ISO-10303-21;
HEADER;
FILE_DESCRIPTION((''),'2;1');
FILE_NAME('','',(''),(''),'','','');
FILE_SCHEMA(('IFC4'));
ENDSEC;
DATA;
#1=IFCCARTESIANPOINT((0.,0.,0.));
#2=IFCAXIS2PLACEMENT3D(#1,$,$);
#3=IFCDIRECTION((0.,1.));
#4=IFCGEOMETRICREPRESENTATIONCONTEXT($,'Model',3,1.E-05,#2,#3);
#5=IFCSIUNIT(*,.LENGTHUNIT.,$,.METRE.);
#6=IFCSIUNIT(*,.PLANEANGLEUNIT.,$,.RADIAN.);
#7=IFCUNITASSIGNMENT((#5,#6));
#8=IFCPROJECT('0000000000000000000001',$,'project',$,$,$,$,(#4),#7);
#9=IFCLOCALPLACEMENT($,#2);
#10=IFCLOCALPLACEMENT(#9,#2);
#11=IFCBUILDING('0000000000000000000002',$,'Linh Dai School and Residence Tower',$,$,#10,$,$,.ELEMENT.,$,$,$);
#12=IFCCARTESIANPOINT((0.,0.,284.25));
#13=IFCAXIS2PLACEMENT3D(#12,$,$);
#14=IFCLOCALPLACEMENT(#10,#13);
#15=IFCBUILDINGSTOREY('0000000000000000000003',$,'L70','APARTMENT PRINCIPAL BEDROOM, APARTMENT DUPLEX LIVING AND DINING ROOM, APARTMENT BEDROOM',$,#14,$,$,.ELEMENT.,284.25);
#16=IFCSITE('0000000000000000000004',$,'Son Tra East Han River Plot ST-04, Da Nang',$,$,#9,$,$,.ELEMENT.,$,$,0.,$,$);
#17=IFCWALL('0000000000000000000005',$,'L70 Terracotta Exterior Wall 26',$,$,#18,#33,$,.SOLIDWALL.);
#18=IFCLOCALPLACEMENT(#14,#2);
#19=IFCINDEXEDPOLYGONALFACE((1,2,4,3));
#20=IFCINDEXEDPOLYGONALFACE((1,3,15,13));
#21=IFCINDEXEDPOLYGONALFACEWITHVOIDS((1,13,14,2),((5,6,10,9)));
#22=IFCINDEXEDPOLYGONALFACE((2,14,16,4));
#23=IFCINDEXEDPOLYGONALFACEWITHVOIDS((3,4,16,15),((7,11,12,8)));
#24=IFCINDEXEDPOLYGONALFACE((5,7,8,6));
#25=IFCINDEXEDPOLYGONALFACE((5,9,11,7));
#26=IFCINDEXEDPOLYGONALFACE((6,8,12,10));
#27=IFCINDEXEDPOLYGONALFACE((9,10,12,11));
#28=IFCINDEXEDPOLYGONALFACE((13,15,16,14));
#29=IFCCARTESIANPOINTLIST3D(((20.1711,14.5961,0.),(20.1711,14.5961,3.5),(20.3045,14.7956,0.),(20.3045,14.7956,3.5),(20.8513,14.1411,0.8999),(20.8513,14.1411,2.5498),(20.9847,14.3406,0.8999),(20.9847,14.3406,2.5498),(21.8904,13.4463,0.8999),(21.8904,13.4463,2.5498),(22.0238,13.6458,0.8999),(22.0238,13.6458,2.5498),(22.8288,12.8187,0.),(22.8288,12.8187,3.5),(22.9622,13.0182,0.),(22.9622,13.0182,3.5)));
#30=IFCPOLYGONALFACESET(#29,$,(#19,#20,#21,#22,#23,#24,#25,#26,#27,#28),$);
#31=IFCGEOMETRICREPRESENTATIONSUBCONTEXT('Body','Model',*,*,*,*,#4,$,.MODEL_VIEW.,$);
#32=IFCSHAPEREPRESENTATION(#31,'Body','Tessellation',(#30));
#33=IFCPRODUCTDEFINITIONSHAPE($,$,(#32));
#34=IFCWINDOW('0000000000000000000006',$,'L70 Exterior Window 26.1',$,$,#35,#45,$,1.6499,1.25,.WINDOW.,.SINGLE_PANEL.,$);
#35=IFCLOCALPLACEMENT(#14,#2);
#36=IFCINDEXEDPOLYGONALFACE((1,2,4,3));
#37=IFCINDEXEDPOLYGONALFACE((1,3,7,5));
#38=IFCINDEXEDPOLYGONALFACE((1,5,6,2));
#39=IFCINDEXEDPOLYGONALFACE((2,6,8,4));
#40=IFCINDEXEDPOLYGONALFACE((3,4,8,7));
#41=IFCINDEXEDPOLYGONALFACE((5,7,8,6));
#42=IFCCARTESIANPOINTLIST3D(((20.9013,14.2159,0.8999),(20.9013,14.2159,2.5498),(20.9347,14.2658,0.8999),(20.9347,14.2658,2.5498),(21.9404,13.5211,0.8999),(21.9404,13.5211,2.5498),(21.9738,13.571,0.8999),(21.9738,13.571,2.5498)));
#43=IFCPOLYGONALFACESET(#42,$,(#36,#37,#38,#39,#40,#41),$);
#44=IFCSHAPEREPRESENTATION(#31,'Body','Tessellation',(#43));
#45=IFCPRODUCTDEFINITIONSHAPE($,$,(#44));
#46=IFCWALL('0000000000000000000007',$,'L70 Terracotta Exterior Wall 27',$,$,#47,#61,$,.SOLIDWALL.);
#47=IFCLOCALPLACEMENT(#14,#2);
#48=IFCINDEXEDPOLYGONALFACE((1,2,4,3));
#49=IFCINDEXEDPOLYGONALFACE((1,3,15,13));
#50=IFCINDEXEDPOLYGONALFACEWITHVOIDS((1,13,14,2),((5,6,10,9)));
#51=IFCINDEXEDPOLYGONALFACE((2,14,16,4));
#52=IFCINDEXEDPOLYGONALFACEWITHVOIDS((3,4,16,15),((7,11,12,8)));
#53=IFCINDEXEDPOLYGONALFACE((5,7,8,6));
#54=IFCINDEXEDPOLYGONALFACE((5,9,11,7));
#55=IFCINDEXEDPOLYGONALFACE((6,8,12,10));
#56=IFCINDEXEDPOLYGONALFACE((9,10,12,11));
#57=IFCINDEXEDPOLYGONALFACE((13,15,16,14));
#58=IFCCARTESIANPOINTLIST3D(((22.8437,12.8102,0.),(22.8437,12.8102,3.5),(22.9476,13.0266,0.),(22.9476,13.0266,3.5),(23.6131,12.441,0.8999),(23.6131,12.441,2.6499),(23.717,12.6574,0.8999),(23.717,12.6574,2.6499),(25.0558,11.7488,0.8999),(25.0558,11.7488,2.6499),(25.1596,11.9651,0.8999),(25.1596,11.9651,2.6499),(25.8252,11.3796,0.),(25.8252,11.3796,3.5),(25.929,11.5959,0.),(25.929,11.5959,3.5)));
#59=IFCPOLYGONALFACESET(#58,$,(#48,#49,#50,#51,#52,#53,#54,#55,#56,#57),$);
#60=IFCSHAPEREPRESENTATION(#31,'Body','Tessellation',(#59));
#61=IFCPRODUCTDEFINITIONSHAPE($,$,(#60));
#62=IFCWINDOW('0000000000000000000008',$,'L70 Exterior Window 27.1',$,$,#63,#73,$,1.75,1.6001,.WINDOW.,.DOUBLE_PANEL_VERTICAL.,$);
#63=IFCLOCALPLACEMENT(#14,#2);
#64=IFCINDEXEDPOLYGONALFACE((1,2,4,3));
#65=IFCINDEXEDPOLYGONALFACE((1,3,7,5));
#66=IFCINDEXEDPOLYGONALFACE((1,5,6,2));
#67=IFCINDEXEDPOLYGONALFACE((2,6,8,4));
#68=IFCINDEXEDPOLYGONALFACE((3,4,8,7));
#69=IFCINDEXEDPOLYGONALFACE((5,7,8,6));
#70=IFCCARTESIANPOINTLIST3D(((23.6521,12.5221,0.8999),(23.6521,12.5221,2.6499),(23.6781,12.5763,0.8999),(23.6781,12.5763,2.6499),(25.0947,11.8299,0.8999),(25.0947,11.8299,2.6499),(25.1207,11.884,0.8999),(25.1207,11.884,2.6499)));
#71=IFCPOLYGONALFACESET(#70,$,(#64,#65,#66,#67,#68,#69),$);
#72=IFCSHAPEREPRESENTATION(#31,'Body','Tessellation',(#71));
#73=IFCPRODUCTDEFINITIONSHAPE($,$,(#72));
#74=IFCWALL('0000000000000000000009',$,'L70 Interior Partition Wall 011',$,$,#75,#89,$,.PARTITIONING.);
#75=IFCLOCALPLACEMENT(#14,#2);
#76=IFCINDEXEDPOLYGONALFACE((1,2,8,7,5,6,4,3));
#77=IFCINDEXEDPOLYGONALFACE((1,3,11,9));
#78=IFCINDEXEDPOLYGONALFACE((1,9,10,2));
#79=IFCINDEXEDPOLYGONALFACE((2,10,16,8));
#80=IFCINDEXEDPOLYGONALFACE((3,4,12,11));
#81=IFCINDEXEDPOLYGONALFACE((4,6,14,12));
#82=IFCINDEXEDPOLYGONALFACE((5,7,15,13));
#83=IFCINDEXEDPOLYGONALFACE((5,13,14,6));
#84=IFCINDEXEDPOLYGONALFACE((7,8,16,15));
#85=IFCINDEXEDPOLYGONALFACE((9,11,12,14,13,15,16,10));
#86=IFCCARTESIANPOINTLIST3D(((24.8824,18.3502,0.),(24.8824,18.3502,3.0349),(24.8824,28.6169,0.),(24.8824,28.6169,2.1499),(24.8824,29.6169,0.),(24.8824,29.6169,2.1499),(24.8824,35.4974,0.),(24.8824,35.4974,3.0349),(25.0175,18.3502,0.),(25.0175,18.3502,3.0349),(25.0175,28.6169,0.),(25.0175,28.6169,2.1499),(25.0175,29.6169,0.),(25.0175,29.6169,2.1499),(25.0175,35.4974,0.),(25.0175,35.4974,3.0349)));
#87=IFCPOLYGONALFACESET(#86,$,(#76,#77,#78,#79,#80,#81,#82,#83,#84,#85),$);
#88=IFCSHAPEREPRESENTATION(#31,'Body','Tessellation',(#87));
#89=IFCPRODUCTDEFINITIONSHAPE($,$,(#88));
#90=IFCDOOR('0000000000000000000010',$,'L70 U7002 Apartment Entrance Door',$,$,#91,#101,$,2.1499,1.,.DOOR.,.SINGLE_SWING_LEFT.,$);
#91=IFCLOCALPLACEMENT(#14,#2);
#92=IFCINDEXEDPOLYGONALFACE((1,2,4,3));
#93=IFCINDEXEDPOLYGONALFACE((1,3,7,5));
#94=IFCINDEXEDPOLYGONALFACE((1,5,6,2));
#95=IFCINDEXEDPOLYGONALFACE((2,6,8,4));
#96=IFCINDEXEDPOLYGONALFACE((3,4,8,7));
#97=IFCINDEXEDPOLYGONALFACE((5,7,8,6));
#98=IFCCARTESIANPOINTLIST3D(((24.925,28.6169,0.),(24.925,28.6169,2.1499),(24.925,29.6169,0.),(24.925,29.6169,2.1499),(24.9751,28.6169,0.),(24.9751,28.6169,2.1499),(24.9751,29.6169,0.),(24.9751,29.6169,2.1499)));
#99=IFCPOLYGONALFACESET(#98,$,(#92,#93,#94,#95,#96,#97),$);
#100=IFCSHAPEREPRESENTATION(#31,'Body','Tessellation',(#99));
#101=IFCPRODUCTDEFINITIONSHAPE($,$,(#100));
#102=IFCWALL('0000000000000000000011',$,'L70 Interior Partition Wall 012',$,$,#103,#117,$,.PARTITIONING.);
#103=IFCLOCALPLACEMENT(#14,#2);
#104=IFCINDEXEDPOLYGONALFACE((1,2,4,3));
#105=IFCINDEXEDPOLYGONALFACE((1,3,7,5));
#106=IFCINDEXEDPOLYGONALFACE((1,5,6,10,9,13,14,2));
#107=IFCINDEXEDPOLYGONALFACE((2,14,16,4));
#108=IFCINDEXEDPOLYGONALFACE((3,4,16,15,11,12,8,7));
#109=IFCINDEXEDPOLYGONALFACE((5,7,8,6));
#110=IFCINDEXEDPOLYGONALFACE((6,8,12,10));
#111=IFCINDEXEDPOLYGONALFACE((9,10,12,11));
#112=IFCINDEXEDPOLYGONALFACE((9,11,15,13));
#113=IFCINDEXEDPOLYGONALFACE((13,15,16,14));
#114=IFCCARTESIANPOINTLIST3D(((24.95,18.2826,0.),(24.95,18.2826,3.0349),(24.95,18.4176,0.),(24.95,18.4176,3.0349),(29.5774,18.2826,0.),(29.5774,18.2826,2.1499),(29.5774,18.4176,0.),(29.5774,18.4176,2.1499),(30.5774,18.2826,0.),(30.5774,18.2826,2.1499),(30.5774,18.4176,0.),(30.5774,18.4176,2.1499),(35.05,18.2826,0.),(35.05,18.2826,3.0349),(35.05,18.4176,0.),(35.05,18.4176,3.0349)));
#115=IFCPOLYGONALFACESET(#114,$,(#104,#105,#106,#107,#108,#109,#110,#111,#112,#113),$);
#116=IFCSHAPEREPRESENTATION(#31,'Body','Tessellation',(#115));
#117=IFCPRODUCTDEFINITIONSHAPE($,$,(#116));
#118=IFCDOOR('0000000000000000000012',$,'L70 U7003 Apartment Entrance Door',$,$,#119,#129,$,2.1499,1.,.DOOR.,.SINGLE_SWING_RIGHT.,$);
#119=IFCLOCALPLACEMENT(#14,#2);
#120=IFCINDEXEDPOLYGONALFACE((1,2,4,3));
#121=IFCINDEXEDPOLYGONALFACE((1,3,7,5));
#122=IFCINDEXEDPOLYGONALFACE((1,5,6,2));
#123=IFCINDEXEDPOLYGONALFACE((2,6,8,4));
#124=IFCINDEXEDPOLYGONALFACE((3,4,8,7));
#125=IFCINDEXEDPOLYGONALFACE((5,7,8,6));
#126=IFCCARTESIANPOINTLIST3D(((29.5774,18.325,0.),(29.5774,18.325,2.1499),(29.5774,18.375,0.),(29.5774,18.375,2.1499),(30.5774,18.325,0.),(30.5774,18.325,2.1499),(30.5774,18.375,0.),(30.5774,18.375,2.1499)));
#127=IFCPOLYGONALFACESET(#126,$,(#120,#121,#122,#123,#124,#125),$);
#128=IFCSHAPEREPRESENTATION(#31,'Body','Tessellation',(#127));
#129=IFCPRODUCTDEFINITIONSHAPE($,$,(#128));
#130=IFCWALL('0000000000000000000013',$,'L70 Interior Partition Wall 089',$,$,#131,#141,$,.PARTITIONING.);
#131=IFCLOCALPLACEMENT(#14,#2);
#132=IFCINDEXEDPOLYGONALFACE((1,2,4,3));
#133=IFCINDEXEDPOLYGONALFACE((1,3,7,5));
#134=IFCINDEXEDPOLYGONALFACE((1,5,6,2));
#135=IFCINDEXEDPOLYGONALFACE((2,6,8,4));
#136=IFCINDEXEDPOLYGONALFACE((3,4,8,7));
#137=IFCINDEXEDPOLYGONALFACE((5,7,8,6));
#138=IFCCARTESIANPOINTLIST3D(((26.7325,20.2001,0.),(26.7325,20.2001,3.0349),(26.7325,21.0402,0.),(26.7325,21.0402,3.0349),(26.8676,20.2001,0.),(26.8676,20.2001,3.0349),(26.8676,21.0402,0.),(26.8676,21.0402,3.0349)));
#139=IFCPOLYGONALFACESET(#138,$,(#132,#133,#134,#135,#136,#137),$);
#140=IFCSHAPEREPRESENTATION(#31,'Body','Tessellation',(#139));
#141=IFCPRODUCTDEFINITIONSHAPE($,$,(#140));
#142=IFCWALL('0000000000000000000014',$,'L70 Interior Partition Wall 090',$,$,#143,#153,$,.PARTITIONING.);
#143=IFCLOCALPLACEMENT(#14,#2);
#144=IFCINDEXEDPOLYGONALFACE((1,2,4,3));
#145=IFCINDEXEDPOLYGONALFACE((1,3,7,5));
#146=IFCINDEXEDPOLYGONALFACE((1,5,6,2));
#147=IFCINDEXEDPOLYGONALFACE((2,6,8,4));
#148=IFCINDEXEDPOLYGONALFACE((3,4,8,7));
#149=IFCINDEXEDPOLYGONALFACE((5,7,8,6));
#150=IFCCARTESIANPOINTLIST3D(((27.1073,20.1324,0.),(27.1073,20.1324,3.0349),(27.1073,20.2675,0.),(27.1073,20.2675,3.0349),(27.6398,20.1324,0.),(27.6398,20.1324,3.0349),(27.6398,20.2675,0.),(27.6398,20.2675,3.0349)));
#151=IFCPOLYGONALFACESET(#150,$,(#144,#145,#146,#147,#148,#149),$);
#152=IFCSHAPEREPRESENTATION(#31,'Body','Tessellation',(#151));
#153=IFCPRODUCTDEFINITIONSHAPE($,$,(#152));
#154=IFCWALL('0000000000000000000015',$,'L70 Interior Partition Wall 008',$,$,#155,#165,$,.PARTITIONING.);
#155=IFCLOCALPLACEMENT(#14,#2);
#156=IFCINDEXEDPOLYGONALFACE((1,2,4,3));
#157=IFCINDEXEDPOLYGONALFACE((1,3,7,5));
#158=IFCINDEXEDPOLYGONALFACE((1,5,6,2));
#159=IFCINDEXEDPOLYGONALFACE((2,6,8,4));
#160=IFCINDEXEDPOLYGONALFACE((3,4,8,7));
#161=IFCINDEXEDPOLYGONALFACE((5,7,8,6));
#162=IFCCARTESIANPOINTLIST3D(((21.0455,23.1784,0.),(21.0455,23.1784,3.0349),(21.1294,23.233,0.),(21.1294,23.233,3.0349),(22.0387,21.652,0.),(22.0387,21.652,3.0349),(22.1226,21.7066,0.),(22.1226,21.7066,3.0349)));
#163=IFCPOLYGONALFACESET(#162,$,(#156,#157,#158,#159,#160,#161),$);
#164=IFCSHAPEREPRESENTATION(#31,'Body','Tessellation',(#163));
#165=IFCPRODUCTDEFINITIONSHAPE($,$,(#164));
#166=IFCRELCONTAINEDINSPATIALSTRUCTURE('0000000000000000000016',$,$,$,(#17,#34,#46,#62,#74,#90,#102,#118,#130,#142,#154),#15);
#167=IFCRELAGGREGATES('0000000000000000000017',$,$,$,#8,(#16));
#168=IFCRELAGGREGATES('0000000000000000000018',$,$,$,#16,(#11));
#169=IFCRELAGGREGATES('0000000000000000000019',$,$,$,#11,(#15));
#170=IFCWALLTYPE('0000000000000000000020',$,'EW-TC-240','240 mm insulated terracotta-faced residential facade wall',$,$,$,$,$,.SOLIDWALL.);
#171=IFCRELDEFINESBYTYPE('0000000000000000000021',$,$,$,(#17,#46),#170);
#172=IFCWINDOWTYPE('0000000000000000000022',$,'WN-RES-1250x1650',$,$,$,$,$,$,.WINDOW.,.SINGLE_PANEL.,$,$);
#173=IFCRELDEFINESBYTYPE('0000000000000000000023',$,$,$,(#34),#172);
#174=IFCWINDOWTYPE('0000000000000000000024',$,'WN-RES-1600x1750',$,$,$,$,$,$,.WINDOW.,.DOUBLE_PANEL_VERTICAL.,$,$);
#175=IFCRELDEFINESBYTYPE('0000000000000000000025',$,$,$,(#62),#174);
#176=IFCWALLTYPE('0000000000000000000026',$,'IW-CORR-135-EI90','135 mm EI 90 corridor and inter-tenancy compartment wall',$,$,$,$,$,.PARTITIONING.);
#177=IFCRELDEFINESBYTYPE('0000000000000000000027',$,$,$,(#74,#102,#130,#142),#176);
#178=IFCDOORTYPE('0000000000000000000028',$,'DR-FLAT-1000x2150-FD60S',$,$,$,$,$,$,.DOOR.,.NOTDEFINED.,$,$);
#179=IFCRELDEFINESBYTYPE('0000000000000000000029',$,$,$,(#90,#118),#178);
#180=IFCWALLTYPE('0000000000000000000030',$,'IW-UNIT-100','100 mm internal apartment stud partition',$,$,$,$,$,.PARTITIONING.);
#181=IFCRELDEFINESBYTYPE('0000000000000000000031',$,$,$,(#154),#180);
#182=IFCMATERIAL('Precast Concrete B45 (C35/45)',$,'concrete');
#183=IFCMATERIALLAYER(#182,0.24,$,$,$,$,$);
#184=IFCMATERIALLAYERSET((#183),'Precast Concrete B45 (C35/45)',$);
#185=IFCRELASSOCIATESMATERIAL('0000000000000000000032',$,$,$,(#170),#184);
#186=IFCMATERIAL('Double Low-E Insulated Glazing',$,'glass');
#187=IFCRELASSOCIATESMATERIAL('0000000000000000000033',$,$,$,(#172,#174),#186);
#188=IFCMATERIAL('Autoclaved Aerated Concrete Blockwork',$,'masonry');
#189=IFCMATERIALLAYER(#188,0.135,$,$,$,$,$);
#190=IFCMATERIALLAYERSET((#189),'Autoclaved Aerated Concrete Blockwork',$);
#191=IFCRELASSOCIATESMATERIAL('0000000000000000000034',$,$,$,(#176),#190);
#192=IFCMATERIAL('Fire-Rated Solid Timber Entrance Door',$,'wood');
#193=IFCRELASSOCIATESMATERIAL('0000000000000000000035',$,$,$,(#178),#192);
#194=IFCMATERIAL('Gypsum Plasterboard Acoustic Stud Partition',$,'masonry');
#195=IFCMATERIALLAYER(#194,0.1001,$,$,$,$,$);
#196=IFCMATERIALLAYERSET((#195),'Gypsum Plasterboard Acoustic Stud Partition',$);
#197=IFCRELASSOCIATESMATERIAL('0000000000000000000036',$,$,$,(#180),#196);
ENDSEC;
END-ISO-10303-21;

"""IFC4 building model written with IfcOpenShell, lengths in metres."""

from ifc_helpers import new_model, si_unit, direction, frame, frame_2d, origin, origin_2d, place, context, subcontext, project, spatial, rectangle, extrude, source, transform, mapped, material, layer, layer_set, type_object, element, fill, save


model = new_model("IFC4")

# Units and contexts
model_context = context("Model", 3, precision=1e-05, world=origin(), true_north=direction((0.0, 1.0)))
body_context = subcontext(model_context, "Body", "Model", "MODEL_VIEW")
ifc_project = project(units=[si_unit("LENGTHUNIT", "METRE"), si_unit("PLANEANGLEUNIT", "RADIAN")], contexts=[model_context])

# Site, building, storey
site_placement = place(None, origin())
site = spatial("IfcSite", under=ifc_project, at=site_placement, Name="Son Tra East Han River Plot ST-04, Da Nang", CompositionType="ELEMENT", RefElevation=0.0)
building_placement = place(site_placement, origin())
building = spatial("IfcBuilding", under=site, at=building_placement, Name="Linh Dai School and Residence Tower", CompositionType="ELEMENT")
storey_placement = place(building_placement, frame((0.0, 0.0, 284.25)))
storey = spatial("IfcBuildingStorey", under=building, at=storey_placement, Name="L70", Description="APARTMENT PRINCIPAL BEDROOM, APARTMENT DUPLEX LIVING AND DINING ROOM, APARTMENT BEDROOM", CompositionType="ELEMENT", Elevation=284.25)

# Shared definitions
ifc_material_1 = material(Name="Precast Concrete B45 (C35/45)", Category="concrete")
ifc_layer_1 = layer(ifc_material_1, 0.24)
ifc_layer_set_1 = layer_set([ifc_layer_1], Name="Precast Concrete B45 (C35/45)")
wall_type_1 = type_object("IfcWallType", Name="EW-TC-240", Description="240 mm insulated terracotta-faced residential facade wall", PredefinedType="SOLIDWALL", material=ifc_layer_set_1)

# Walls, openings, windows
wall_1_placement = place(storey_placement, frame((22.8955, 12.9185, 0.0), z_axis=(0.0, 0.0, 1.0), x_axis=(-0.831251, 0.555898, 0.0)))
wall_1 = element("IfcWall", 1, at=wall_1_placement, inside=storey, type_object=wall_type_1, Name="L70 Terracotta Exterior Wall 26", PredefinedType="SOLIDWALL", context=body_context, shape_type="SweptSolid", body=[
    extrude(rectangle(XDim=3.1973, YDim=0.24, at=frame_2d((1.5986, 0.0))), origin(), (0.0, 0.0, 1.0), 3.5),
])
opening_1_placement = place(wall_1_placement, frame((1.1289, 0.0, 0.8999)))
opening_1 = element("IfcOpeningElement", 2, at=opening_1_placement, cuts=wall_1, PredefinedType="OPENING", context=body_context, shape_type="SweptSolid", body=[
    extrude(rectangle(XDim=1.25, YDim=1.6499, at=origin_2d()), frame((0.625, 0.1299, 0.825), z_axis=(0.0, -1.0, 0.0), x_axis=(1.0, 0.0, 0.0)), (0.0, 0.0, 1.0), 0.26),
])
ifc_material_2 = material(Name="Double Low-E Insulated Glazing", Category="glass")
window_type_1 = type_object("IfcWindowType", Name="WN-RES-1250x1650", PartitioningType="SINGLE_PANEL", PredefinedType="WINDOW", material=ifc_material_2)
shared_shape_1 = source(origin(), body_context, "Body", "SweptSolid", [
    extrude(rectangle(XDim=1.25, YDim=1.6499, at=origin_2d()), frame((0.625, 0.03, 0.825), z_axis=(0.0, -1.0, 0.0), x_axis=(1.0, 0.0, 0.0)), (0.0, 0.0, 1.0), 0.0601),
])
window_1_placement = place(opening_1_placement, origin())
window_1 = element("IfcWindow", 3, at=window_1_placement, inside=storey, type_object=window_type_1, Name="L70 Exterior Window 26.1", OverallHeight=1.6499, OverallWidth=1.25, PartitioningType="SINGLE_PANEL", PredefinedType="WINDOW", context=body_context, shape_type="MappedRepresentation", body=[
    mapped(shared_shape_1, transform((0.0, 0.0, 0.0), x_axis=(1.0, 0.0, 0.0), y_axis=(0.0, 1.0, 0.0), z_axis=(0.0, 0.0, 1.0), scale=1.0)),
])
fill(opening_1, window_1)
wall_2_placement = place(storey_placement, frame((25.877, 11.4878, 0.0), z_axis=(0.0, 0.0, 1.0), x_axis=(-0.901574, 0.432625, 0.0)))
wall_2 = element("IfcWall", 4, at=wall_2_placement, inside=storey, type_object=wall_type_1, Name="L70 Terracotta Exterior Wall 27", PredefinedType="SOLIDWALL", context=body_context, shape_type="SweptSolid", body=[
    extrude(rectangle(XDim=3.3069, YDim=0.24, at=frame_2d((1.6533, 0.0))), origin(), (0.0, 0.0, 1.0), 3.5),
])
opening_2_placement = place(wall_2_placement, frame((0.8533, 0.0, 0.8999)))
opening_2 = element("IfcOpeningElement", 5, at=opening_2_placement, cuts=wall_2, PredefinedType="OPENING", context=body_context, shape_type="SweptSolid", body=[
    extrude(rectangle(XDim=1.6001, YDim=1.75, at=origin_2d()), frame((0.8, 0.1299, 0.875), z_axis=(0.0, -1.0, 0.0), x_axis=(1.0, 0.0, 0.0)), (0.0, 0.0, 1.0), 0.26),
])
window_type_2 = type_object("IfcWindowType", Name="WN-RES-1600x1750", PartitioningType="DOUBLE_PANEL_VERTICAL", PredefinedType="WINDOW", material=ifc_material_2)
shared_shape_2 = source(origin(), body_context, "Body", "SweptSolid", [
    extrude(rectangle(XDim=1.6001, YDim=1.75, at=origin_2d()), frame((0.8, 0.03, 0.875), z_axis=(0.0, -1.0, 0.0), x_axis=(1.0, 0.0, 0.0)), (0.0, 0.0, 1.0), 0.0601),
])
window_2_placement = place(opening_2_placement, origin())
window_2 = element("IfcWindow", 6, at=window_2_placement, inside=storey, type_object=window_type_2, Name="L70 Exterior Window 27.1", OverallHeight=1.75, OverallWidth=1.6001, PartitioningType="DOUBLE_PANEL_VERTICAL", PredefinedType="WINDOW", context=body_context, shape_type="MappedRepresentation", body=[
    mapped(shared_shape_2, transform((0.0, 0.0, 0.0), x_axis=(1.0, 0.0, 0.0), y_axis=(0.0, 1.0, 0.0), z_axis=(0.0, 0.0, 1.0), scale=1.0)),
])
fill(opening_2, window_2)

# Walls, openings, doors
ifc_material_3 = material(Name="Autoclaved Aerated Concrete Blockwork", Category="masonry")
ifc_layer_2 = layer(ifc_material_3, 0.135)
ifc_layer_set_2 = layer_set([ifc_layer_2], Name="Autoclaved Aerated Concrete Blockwork")
wall_type_2 = type_object("IfcWallType", Name="IW-CORR-135-EI90", Description="135 mm EI 90 corridor and inter-tenancy compartment wall", PredefinedType="PARTITIONING", material=ifc_layer_set_2)
wall_3_placement = place(storey_placement, frame((24.95, 18.3501, 0.0), z_axis=(0.0, 0.0, 1.0), x_axis=(0.0, 1.0, 0.0)))
wall_3 = element("IfcWall", 7, at=wall_3_placement, inside=storey, type_object=wall_type_2, Name="L70 Interior Partition Wall 011", PredefinedType="PARTITIONING", context=body_context, shape_type="SweptSolid", body=[
    extrude(rectangle(XDim=17.1472, YDim=0.135, at=frame_2d((8.5737, 0.0))), origin(), (0.0, 0.0, 1.0), 3.0349),
])
opening_3_placement = place(wall_3_placement, frame((10.2668, 0.0, 0.0)))
opening_3 = element("IfcOpeningElement", 8, at=opening_3_placement, cuts=wall_3, PredefinedType="OPENING", context=body_context, shape_type="SweptSolid", body=[
    extrude(rectangle(XDim=1.0, YDim=2.1499, at=origin_2d()), frame((0.5, 0.0776, 1.075), z_axis=(0.0, -1.0, 0.0), x_axis=(1.0, 0.0, 0.0)), (0.0, 0.0, 1.0), 0.155),
])
ifc_material_4 = material(Name="Fire-Rated Solid Timber Entrance Door", Category="wood")
door_type_1 = type_object("IfcDoorType", Name="DR-FLAT-1000x2150-FD60S", OperationType="NOTDEFINED", PredefinedType="DOOR", material=ifc_material_4)
shared_shape_3 = source(origin(), body_context, "Body", "SweptSolid", [
    extrude(rectangle(XDim=1.0, YDim=2.1499, at=origin_2d()), frame((0.5, 0.0249, 1.075), z_axis=(0.0, -1.0, 0.0), x_axis=(1.0, 0.0, 0.0)), (0.0, 0.0, 1.0), 0.05),
])
door_1_placement = place(opening_3_placement, origin())
door_1 = element("IfcDoor", 9, at=door_1_placement, inside=storey, type_object=door_type_1, Name="L70 U7002 Apartment Entrance Door", OperationType="SINGLE_SWING_LEFT", OverallHeight=2.1499, OverallWidth=1.0, PredefinedType="DOOR", context=body_context, shape_type="MappedRepresentation", body=[
    mapped(shared_shape_3, transform((0.0, 0.0, 0.0), x_axis=(1.0, 0.0, 0.0), y_axis=(0.0, 1.0, 0.0), z_axis=(0.0, 0.0, 1.0), scale=1.0)),
])
fill(opening_3, door_1)
wall_4_placement = place(storey_placement, frame((24.95, 18.3501, 0.0), z_axis=(0.0, 0.0, 1.0), x_axis=(1.0, 0.0, 0.0)))
wall_4 = element("IfcWall", 10, at=wall_4_placement, inside=storey, type_object=wall_type_2, Name="L70 Interior Partition Wall 012", PredefinedType="PARTITIONING", context=body_context, shape_type="SweptSolid", body=[
    extrude(rectangle(XDim=10.1001, YDim=0.135, at=frame_2d((5.05, 0.0))), origin(), (0.0, 0.0, 1.0), 3.0349),
])
opening_4_placement = place(wall_4_placement, frame((4.6274, 0.0, 0.0)))
opening_4 = element("IfcOpeningElement", 11, at=opening_4_placement, cuts=wall_4, PredefinedType="OPENING", context=body_context, shape_type="SweptSolid", body=[
    extrude(rectangle(XDim=1.0, YDim=2.1499, at=origin_2d()), frame((0.5, 0.0776, 1.075), z_axis=(0.0, -1.0, 0.0), x_axis=(1.0, 0.0, 0.0)), (0.0, 0.0, 1.0), 0.155),
])
door_2_placement = place(opening_4_placement, origin())
door_2 = element("IfcDoor", 12, at=door_2_placement, inside=storey, type_object=door_type_1, Name="L70 U7003 Apartment Entrance Door", OperationType="SINGLE_SWING_RIGHT", OverallHeight=2.1499, OverallWidth=1.0, PredefinedType="DOOR", context=body_context, shape_type="MappedRepresentation", body=[
    mapped(shared_shape_3, transform((0.0, 0.0, 0.0), x_axis=(1.0, 0.0, 0.0), y_axis=(0.0, 1.0, 0.0), z_axis=(0.0, 0.0, 1.0), scale=1.0)),
])
fill(opening_4, door_2)

# Walls
wall_5_placement = place(storey_placement, frame((26.8, 21.04, 0.0), z_axis=(0.0, 0.0, 1.0), x_axis=(0.0, -1.0, 0.0)))
element("IfcWall", 13, at=wall_5_placement, inside=storey, type_object=wall_type_2, Name="L70 Interior Partition Wall 089", PredefinedType="PARTITIONING", context=body_context, shape_type="SweptSolid", body=[
    extrude(rectangle(XDim=0.8401, YDim=0.135, at=frame_2d((0.4199, 0.0))), origin(), (0.0, 0.0, 1.0), 3.0349),
])
wall_6_placement = place(storey_placement, frame((27.1074, 20.2, 0.0), z_axis=(0.0, 0.0, 1.0), x_axis=(1.0, 0.0, 0.0)))
element("IfcWall", 14, at=wall_6_placement, inside=storey, type_object=wall_type_2, Name="L70 Interior Partition Wall 090", PredefinedType="PARTITIONING", context=body_context, shape_type="SweptSolid", body=[
    extrude(rectangle(XDim=0.5325, YDim=0.135, at=frame_2d((0.2661, 0.0))), origin(), (0.0, 0.0, 1.0), 3.0349),
])
ifc_material_5 = material(Name="Gypsum Plasterboard Acoustic Stud Partition", Category="masonry")
ifc_layer_3 = layer(ifc_material_5, 0.1001)
ifc_layer_set_3 = layer_set([ifc_layer_3], Name="Gypsum Plasterboard Acoustic Stud Partition")
wall_type_3 = type_object("IfcWallType", Name="IW-UNIT-100", Description="100 mm internal apartment stud partition", PredefinedType="PARTITIONING", material=ifc_layer_set_3)
wall_7_placement = place(storey_placement, frame((21.0874, 23.2058, 0.0), z_axis=(0.0, 0.0, 1.0), x_axis=(0.545384, -0.838186, 0.0)))
element("IfcWall", 15, at=wall_7_placement, inside=storey, type_object=wall_type_3, Name="L70 Interior Partition Wall 008", PredefinedType="PARTITIONING", context=body_context, shape_type="SweptSolid", body=[
    extrude(rectangle(XDim=1.821, YDim=0.1001, at=frame_2d((0.9106, 0.0))), origin(), (0.0, 0.0, 1.0), 3.0349),
])

save(model, "model.ifc")
